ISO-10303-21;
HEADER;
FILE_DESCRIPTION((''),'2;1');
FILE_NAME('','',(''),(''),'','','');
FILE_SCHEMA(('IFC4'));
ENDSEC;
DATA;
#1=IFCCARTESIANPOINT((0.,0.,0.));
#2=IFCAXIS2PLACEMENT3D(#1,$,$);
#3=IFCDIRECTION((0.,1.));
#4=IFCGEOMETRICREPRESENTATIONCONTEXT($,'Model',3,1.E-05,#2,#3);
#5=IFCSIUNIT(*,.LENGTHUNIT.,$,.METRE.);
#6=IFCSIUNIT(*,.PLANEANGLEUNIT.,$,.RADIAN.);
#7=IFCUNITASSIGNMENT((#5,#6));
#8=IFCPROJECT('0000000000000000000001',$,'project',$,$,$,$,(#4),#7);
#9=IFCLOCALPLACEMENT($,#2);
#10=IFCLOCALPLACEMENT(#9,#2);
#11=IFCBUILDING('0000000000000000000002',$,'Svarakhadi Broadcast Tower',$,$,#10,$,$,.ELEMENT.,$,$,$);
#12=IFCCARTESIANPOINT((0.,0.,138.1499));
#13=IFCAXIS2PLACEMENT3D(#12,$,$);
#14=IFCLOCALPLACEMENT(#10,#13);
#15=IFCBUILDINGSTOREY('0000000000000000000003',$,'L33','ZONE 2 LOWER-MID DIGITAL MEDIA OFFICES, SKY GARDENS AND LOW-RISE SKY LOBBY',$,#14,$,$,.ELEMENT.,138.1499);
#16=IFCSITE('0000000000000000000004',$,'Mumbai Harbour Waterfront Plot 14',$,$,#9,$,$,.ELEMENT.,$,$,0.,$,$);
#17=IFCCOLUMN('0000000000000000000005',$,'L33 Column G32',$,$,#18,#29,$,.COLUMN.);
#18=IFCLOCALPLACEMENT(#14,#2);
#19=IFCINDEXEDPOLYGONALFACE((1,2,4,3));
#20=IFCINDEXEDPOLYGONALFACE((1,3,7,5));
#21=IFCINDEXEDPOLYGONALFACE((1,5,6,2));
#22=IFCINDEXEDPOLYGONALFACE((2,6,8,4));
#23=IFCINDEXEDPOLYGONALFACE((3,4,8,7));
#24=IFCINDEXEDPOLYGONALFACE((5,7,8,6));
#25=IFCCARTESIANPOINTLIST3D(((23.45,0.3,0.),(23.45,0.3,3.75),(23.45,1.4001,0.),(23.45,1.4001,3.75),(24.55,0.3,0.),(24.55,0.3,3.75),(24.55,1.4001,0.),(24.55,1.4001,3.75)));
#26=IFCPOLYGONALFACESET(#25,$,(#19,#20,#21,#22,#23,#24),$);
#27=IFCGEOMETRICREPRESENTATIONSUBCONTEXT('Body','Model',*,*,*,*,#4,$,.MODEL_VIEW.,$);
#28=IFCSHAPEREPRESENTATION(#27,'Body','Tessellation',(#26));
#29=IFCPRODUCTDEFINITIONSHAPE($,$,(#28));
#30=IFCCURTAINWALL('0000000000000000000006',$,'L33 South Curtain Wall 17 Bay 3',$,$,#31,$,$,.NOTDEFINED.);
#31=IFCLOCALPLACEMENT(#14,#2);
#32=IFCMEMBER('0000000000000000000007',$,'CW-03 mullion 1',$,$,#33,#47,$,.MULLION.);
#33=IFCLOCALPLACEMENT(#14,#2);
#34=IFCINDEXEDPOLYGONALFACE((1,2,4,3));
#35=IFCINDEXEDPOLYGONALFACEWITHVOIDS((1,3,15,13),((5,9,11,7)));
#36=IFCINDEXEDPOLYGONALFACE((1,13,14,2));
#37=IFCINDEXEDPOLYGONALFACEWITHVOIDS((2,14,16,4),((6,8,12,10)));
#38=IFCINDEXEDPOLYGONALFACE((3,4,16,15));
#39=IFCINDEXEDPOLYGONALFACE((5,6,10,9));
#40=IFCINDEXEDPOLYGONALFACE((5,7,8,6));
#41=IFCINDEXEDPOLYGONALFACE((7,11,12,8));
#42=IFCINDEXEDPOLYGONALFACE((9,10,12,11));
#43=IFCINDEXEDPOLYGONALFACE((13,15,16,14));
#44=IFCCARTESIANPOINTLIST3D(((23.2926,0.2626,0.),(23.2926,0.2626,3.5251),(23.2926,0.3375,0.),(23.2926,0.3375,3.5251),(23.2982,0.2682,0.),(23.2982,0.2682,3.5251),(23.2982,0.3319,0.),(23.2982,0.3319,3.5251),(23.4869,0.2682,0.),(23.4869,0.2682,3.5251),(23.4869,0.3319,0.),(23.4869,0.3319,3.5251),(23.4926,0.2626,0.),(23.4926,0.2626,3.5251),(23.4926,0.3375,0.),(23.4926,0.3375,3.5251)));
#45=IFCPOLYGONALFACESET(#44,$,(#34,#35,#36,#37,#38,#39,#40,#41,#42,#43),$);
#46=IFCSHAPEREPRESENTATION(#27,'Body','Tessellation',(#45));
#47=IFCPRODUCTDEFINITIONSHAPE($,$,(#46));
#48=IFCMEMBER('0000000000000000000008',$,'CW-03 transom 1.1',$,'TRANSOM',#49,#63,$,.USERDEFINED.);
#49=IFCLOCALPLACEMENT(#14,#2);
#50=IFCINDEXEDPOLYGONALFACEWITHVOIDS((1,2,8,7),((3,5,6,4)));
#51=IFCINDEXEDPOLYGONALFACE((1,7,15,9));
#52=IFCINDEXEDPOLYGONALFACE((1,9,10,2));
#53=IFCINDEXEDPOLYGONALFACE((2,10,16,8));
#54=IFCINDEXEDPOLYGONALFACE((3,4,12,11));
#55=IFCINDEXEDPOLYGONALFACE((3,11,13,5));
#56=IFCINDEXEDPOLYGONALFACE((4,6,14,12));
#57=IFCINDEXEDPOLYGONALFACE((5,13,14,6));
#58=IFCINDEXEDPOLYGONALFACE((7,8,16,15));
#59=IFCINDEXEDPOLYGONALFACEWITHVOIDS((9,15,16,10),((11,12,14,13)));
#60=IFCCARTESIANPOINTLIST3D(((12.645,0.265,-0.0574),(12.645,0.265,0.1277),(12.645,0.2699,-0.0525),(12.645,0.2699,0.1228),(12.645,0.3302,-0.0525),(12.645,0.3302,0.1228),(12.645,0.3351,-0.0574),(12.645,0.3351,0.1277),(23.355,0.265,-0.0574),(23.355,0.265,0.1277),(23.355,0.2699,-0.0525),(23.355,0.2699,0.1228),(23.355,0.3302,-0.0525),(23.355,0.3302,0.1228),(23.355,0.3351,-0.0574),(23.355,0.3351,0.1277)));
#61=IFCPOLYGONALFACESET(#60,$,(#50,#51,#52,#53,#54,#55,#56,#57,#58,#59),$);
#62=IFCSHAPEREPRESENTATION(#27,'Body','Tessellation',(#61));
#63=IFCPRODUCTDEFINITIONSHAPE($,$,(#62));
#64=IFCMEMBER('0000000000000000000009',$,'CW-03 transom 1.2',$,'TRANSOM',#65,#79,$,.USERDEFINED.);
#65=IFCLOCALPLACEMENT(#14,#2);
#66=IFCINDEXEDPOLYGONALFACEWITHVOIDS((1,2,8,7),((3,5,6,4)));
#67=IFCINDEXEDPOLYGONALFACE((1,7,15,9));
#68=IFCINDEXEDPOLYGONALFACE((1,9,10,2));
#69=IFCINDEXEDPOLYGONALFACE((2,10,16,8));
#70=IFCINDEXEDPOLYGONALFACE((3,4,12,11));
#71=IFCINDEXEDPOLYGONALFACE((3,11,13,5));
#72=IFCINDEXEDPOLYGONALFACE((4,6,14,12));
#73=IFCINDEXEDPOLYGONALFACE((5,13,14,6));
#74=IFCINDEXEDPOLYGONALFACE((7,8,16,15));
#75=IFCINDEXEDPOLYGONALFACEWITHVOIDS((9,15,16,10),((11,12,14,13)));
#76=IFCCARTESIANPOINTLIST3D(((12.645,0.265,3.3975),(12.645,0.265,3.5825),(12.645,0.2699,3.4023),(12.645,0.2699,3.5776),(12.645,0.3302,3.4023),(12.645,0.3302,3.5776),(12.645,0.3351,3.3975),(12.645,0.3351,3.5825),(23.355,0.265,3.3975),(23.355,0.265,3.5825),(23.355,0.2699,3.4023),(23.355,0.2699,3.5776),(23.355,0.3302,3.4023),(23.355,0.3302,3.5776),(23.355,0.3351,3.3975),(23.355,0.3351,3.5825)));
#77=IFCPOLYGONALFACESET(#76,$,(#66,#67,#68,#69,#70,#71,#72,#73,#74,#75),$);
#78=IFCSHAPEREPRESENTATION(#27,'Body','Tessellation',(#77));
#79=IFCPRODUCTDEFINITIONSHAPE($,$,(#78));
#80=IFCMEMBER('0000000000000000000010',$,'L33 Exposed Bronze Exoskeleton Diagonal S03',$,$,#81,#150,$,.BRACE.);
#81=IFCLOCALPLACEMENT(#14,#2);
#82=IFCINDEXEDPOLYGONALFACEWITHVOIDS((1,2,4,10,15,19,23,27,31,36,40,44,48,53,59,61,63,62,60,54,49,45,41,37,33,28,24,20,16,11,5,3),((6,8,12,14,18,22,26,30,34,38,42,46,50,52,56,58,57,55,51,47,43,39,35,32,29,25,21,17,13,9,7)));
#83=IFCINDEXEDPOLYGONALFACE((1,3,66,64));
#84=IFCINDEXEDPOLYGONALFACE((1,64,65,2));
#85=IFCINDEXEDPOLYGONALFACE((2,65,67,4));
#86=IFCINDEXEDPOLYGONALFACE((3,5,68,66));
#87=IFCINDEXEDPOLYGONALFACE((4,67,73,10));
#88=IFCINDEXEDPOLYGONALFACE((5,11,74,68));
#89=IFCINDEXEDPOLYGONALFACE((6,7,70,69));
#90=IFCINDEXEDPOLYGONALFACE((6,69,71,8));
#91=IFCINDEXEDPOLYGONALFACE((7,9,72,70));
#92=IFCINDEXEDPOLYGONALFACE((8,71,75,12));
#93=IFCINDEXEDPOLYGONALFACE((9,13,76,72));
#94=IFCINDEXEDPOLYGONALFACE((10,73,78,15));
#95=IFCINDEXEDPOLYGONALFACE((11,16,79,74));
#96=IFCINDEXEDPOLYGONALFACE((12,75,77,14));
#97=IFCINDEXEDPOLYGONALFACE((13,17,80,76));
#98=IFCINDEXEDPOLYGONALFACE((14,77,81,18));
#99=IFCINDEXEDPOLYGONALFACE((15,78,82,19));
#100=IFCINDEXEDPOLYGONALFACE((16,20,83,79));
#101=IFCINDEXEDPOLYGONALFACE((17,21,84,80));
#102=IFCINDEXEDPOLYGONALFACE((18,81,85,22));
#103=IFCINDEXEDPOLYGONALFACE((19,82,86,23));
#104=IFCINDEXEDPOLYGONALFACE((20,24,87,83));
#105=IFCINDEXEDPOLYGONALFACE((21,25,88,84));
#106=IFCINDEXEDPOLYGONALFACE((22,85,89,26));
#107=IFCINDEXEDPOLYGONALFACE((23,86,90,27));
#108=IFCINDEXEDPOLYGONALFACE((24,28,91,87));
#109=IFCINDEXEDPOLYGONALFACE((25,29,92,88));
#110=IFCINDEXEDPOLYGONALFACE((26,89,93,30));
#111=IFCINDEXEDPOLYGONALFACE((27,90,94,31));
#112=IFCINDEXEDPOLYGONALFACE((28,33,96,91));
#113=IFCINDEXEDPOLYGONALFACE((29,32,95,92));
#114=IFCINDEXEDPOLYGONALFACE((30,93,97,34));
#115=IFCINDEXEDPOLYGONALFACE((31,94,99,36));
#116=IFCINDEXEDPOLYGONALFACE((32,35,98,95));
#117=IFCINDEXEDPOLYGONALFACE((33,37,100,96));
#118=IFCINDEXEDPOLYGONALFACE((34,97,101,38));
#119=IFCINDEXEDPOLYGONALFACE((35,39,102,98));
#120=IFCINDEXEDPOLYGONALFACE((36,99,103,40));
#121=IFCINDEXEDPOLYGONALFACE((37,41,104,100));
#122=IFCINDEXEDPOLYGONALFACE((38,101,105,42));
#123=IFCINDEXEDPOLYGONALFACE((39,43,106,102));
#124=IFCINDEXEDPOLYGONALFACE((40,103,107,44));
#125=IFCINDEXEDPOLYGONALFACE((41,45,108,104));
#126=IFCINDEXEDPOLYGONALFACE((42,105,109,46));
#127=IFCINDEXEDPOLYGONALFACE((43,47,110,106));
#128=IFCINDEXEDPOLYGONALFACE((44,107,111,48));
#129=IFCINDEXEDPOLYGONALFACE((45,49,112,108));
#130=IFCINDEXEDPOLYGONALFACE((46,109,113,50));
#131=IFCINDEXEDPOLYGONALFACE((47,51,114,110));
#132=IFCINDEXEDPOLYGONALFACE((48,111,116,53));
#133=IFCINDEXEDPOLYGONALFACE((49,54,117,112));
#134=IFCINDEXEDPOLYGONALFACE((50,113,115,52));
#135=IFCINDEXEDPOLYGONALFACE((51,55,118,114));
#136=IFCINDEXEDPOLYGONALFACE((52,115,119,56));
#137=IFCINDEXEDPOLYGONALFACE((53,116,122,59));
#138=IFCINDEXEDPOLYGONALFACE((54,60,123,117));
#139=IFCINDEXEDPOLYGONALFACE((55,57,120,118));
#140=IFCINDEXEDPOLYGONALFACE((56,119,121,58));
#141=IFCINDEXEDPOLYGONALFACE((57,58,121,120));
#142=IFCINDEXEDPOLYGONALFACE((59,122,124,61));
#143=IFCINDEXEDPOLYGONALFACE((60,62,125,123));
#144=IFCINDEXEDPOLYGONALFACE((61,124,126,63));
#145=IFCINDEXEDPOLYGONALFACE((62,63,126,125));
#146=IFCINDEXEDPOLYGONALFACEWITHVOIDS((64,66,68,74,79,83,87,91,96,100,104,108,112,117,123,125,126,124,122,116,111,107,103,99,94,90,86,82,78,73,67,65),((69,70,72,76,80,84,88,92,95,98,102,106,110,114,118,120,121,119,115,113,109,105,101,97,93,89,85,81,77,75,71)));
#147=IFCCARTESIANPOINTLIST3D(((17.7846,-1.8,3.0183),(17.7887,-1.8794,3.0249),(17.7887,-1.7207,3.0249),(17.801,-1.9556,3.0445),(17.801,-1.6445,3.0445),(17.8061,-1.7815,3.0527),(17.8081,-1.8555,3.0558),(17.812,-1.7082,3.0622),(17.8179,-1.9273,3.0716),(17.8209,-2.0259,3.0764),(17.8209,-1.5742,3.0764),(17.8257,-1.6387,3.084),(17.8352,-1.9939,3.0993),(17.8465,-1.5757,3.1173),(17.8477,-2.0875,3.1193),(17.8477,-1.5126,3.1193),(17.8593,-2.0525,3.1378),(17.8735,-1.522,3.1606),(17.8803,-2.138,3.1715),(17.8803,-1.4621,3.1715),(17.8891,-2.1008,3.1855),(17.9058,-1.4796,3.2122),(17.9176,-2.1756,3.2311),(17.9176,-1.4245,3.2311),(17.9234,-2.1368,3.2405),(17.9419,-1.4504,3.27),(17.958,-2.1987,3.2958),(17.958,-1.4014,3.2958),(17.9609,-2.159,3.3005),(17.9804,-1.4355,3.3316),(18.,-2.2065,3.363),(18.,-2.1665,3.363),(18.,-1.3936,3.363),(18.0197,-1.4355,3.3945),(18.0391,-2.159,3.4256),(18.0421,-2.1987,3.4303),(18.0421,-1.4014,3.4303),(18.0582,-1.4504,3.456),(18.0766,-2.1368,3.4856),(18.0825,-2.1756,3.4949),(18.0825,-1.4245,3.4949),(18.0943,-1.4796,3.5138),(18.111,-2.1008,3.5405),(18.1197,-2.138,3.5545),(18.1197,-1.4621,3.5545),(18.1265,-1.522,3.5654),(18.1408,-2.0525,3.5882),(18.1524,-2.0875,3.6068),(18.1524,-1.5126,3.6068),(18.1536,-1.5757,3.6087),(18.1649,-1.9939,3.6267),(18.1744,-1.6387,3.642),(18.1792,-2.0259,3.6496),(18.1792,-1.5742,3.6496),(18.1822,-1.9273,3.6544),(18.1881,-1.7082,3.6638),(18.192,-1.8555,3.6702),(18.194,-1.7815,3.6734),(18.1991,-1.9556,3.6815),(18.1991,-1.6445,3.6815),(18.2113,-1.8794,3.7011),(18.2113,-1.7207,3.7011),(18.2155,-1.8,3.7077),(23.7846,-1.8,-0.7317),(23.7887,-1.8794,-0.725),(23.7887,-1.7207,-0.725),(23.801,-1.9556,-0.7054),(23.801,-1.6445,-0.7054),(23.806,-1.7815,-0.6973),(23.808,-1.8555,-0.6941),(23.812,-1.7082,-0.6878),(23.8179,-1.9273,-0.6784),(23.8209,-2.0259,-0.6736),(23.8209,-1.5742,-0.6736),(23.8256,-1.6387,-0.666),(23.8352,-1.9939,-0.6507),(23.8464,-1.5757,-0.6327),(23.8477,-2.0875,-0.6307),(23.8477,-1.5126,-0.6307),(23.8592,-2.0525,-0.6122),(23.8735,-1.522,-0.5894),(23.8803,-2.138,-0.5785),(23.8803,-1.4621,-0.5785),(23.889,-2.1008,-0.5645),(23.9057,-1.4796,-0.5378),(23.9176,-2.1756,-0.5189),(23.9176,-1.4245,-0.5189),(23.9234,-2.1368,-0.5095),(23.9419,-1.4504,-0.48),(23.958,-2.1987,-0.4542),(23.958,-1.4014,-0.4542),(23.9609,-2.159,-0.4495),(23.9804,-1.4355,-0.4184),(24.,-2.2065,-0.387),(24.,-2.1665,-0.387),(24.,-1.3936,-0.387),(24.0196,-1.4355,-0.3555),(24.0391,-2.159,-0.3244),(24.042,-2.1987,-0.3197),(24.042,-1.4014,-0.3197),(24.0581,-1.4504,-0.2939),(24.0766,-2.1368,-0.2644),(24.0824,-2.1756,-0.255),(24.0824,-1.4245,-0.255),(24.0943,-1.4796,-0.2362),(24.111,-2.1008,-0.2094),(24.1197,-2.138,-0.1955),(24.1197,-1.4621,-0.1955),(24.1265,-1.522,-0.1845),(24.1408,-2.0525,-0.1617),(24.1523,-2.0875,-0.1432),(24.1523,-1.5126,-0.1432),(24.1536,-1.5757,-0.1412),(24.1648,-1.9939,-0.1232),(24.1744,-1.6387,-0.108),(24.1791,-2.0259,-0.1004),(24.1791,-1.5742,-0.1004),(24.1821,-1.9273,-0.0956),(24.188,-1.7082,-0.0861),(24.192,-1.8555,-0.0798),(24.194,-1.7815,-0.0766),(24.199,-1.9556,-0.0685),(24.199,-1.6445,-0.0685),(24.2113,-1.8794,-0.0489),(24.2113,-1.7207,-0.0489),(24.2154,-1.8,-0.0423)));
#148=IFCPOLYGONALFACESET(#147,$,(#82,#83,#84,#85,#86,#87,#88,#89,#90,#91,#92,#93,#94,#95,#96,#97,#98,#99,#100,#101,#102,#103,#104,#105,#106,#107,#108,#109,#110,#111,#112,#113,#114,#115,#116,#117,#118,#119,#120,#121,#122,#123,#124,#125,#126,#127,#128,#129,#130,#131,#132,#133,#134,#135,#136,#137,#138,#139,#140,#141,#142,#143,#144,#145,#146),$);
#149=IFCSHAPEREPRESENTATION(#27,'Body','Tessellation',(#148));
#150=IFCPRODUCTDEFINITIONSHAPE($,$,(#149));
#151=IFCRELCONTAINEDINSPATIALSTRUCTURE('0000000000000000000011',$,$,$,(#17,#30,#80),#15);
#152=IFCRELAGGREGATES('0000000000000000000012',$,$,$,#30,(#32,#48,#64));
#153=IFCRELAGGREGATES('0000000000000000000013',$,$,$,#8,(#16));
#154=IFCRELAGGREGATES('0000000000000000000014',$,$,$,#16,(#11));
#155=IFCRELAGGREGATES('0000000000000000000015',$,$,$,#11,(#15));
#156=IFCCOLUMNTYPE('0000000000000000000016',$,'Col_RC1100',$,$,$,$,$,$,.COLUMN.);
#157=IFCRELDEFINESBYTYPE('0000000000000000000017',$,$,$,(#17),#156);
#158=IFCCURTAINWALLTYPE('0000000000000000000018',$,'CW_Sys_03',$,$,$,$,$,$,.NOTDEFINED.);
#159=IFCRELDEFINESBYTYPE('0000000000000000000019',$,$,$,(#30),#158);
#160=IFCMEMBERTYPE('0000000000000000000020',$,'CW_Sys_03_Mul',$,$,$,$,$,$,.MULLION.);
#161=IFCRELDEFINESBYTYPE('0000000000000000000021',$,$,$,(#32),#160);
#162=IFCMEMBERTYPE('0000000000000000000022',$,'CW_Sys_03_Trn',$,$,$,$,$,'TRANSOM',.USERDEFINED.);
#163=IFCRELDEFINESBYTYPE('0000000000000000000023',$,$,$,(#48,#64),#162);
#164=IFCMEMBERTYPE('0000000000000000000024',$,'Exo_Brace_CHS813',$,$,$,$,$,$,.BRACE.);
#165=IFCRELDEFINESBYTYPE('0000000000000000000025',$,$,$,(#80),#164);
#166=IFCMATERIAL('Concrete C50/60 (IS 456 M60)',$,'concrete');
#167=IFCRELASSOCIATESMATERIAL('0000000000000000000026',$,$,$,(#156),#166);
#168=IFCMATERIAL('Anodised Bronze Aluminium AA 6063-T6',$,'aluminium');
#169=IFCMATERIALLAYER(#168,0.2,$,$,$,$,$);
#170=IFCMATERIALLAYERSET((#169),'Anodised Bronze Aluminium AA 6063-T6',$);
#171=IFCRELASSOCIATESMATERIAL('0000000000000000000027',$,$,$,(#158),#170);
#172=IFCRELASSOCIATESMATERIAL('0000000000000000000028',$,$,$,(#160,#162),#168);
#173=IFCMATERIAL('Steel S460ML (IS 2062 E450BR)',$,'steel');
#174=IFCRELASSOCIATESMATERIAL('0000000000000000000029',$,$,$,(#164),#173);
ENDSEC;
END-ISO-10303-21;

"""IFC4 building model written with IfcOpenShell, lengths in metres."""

from ifc_helpers import new_model, si_unit, direction, frame, origin, origin_2d, place, context, subcontext, project, spatial, rectangle, hollow_rectangle, hollow_circle, extrude, material, layer, layer_set, material_profile, profile_set, type_object, element, aggregate, save


model = new_model("IFC4")

# Units and contexts
model_context = context("Model", 3, precision=1e-05, world=origin(), true_north=direction((0.0, 1.0)))
body_context = subcontext(model_context, "Body", "Model", "MODEL_VIEW")
ifc_project = project(units=[si_unit("LENGTHUNIT", "METRE"), si_unit("PLANEANGLEUNIT", "RADIAN")], contexts=[model_context])

# Site, building, storey
site_placement = place(None, origin())
site = spatial("IfcSite", under=ifc_project, at=site_placement, Name="Mumbai Harbour Waterfront Plot 14", CompositionType="ELEMENT", RefElevation=0.0)
building_placement = place(site_placement, origin())
building = spatial("IfcBuilding", under=site, at=building_placement, Name="Svarakhadi Broadcast Tower", CompositionType="ELEMENT")
storey_placement = place(building_placement, frame((0.0, 0.0, 138.1499)))
storey = spatial("IfcBuildingStorey", under=building, at=storey_placement, Name="L33", Description="ZONE 2 LOWER-MID DIGITAL MEDIA OFFICES, SKY GARDENS AND LOW-RISE SKY LOBBY", CompositionType="ELEMENT", Elevation=138.1499)

# Column
ifc_material_1 = material(Name="Concrete C50/60 (IS 456 M60)", Category="concrete")
ifc_material_profile_1 = material_profile(ifc_material_1, rectangle(XDim=1.1001, YDim=1.1001, at=origin_2d()), Name="RC 1100x1100")
ifc_profile_set_1 = profile_set([ifc_material_profile_1], Name="Concrete C50/60 (IS 456 M60)")
column_type = type_object("IfcColumnType", Name="Col_RC1100", PredefinedType="COLUMN", material=ifc_profile_set_1)
column_placement = place(storey_placement, frame((24.0, 0.8501, 0.0), z_axis=(0.0, 0.0, 1.0), x_axis=(1.0, 0.0, 0.0)))
element("IfcColumn", 1, at=column_placement, inside=storey, type_object=column_type, Name="L33 Column G32", PredefinedType="COLUMN", context=body_context, shape_type="SweptSolid", body=[
    extrude(rectangle(XDim=1.1001, YDim=1.1001, at=origin_2d()), origin(), (0.0, 0.0, 1.0), 3.75),
])

# Curtain wall, members
ifc_material_2 = material(Name="Anodised Bronze Aluminium AA 6063-T6", Category="aluminium")
ifc_layer_1 = layer(ifc_material_2, 0.2)
ifc_layer_set_1 = layer_set([ifc_layer_1], Name="Anodised Bronze Aluminium AA 6063-T6")
curtain_wall_type = type_object("IfcCurtainWallType", Name="CW_Sys_03", PredefinedType="NOTDEFINED", material=ifc_layer_set_1)
curtain_wall_placement = place(storey_placement, origin())
curtain_wall = element("IfcCurtainWall", 2, at=curtain_wall_placement, inside=storey, type_object=curtain_wall_type, Name="L33 South Curtain Wall 17 Bay 3", PredefinedType="NOTDEFINED")
ifc_material_profile_2 = material_profile(ifc_material_2, hollow_rectangle(XDim=0.075, YDim=0.2, WallThickness=0.0056, at=origin_2d()), Name="ALU MULLION 200x75x6")
ifc_profile_set_2 = profile_set([ifc_material_profile_2], Name="Anodised Bronze Aluminium AA 6063-T6")
member_type_1 = type_object("IfcMemberType", Name="CW_Sys_03_Mul", PredefinedType="MULLION", material=ifc_profile_set_2)
member_1_placement = place(storey_placement, frame((23.3926, 0.3, 0.0), z_axis=(0.0, 0.0, 1.0), x_axis=(0.0, -1.0, 0.0)))
member_1 = element("IfcMember", 3, at=member_1_placement, type_object=member_type_1, Name="CW-03 mullion 1", PredefinedType="MULLION", context=body_context, shape_type="SweptSolid", body=[
    extrude(hollow_rectangle(XDim=0.075, YDim=0.2, WallThickness=0.0056, at=origin_2d()), origin(), (0.0, 0.0, 1.0), 3.5251),
])
ifc_material_profile_3 = material_profile(ifc_material_2, hollow_rectangle(XDim=0.0701, YDim=0.1851, WallThickness=0.0049, at=origin_2d()), Name="ALU TRANSOM 185x70x5")
ifc_profile_set_3 = profile_set([ifc_material_profile_3], Name="Anodised Bronze Aluminium AA 6063-T6")
member_type_2 = type_object("IfcMemberType", Name="CW_Sys_03_Trn", ElementType="TRANSOM", PredefinedType="USERDEFINED", material=ifc_profile_set_3)
member_2_placement = place(storey_placement, frame((23.355, 0.3, 0.0352), z_axis=(-1.0, 0.0, 0.0), x_axis=(0.0, -1.0, 0.0)))
member_2 = element("IfcMember", 4, at=member_2_placement, type_object=member_type_2, Name="CW-03 transom 1.1", ObjectType="TRANSOM", PredefinedType="USERDEFINED", context=body_context, shape_type="SweptSolid", body=[
    extrude(hollow_rectangle(XDim=0.0701, YDim=0.1851, WallThickness=0.0049, at=origin_2d()), origin(), (0.0, 0.0, 1.0), 10.71),
])
member_3_placement = place(storey_placement, frame((23.355, 0.3, 3.49), z_axis=(-1.0, 0.0, 0.0), x_axis=(0.0, -1.0, 0.0)))
member_3 = element("IfcMember", 5, at=member_3_placement, type_object=member_type_2, Name="CW-03 transom 1.2", ObjectType="TRANSOM", PredefinedType="USERDEFINED", context=body_context, shape_type="SweptSolid", body=[
    extrude(hollow_rectangle(XDim=0.0701, YDim=0.1851, WallThickness=0.0049, at=origin_2d()), origin(), (0.0, 0.0, 1.0), 10.71),
])

# Member
ifc_material_3 = material(Name="Steel S460ML (IS 2062 E450BR)", Category="steel")
ifc_material_profile_4 = material_profile(ifc_material_3, hollow_circle(Radius=0.4065, WallThickness=0.04, at=origin_2d()), Name="CHS 813x40")
ifc_profile_set_4 = profile_set([ifc_material_profile_4], Name="Steel S460ML (IS 2062 E450BR)")
member_type_3 = type_object("IfcMemberType", Name="Exo_Brace_CHS813", PredefinedType="BRACE", material=ifc_profile_set_4)
for number, where, z_axis, x_axis, name in (
    (6, (24.0, -1.8, -0.387), (-0.847998, 0.0, 0.529999), (0.0, -1.0, 0.0), "L33 Exposed Bronze Exoskeleton Diagonal S03"),
):
    element("IfcMember", number, at=place(storey_placement, frame(where, z_axis=z_axis, x_axis=x_axis)), inside=storey, type_object=member_type_3, Name=name, PredefinedType="BRACE", context=body_context, shape_type="SweptSolid", body=[
        extrude(hollow_circle(Radius=0.4065, WallThickness=0.04, at=origin_2d()), origin(), (0.0, 0.0, 1.0), 7.0754),
    ])

aggregate(curtain_wall, [member_1, member_2, member_3])

save(model, "model.ifc")
